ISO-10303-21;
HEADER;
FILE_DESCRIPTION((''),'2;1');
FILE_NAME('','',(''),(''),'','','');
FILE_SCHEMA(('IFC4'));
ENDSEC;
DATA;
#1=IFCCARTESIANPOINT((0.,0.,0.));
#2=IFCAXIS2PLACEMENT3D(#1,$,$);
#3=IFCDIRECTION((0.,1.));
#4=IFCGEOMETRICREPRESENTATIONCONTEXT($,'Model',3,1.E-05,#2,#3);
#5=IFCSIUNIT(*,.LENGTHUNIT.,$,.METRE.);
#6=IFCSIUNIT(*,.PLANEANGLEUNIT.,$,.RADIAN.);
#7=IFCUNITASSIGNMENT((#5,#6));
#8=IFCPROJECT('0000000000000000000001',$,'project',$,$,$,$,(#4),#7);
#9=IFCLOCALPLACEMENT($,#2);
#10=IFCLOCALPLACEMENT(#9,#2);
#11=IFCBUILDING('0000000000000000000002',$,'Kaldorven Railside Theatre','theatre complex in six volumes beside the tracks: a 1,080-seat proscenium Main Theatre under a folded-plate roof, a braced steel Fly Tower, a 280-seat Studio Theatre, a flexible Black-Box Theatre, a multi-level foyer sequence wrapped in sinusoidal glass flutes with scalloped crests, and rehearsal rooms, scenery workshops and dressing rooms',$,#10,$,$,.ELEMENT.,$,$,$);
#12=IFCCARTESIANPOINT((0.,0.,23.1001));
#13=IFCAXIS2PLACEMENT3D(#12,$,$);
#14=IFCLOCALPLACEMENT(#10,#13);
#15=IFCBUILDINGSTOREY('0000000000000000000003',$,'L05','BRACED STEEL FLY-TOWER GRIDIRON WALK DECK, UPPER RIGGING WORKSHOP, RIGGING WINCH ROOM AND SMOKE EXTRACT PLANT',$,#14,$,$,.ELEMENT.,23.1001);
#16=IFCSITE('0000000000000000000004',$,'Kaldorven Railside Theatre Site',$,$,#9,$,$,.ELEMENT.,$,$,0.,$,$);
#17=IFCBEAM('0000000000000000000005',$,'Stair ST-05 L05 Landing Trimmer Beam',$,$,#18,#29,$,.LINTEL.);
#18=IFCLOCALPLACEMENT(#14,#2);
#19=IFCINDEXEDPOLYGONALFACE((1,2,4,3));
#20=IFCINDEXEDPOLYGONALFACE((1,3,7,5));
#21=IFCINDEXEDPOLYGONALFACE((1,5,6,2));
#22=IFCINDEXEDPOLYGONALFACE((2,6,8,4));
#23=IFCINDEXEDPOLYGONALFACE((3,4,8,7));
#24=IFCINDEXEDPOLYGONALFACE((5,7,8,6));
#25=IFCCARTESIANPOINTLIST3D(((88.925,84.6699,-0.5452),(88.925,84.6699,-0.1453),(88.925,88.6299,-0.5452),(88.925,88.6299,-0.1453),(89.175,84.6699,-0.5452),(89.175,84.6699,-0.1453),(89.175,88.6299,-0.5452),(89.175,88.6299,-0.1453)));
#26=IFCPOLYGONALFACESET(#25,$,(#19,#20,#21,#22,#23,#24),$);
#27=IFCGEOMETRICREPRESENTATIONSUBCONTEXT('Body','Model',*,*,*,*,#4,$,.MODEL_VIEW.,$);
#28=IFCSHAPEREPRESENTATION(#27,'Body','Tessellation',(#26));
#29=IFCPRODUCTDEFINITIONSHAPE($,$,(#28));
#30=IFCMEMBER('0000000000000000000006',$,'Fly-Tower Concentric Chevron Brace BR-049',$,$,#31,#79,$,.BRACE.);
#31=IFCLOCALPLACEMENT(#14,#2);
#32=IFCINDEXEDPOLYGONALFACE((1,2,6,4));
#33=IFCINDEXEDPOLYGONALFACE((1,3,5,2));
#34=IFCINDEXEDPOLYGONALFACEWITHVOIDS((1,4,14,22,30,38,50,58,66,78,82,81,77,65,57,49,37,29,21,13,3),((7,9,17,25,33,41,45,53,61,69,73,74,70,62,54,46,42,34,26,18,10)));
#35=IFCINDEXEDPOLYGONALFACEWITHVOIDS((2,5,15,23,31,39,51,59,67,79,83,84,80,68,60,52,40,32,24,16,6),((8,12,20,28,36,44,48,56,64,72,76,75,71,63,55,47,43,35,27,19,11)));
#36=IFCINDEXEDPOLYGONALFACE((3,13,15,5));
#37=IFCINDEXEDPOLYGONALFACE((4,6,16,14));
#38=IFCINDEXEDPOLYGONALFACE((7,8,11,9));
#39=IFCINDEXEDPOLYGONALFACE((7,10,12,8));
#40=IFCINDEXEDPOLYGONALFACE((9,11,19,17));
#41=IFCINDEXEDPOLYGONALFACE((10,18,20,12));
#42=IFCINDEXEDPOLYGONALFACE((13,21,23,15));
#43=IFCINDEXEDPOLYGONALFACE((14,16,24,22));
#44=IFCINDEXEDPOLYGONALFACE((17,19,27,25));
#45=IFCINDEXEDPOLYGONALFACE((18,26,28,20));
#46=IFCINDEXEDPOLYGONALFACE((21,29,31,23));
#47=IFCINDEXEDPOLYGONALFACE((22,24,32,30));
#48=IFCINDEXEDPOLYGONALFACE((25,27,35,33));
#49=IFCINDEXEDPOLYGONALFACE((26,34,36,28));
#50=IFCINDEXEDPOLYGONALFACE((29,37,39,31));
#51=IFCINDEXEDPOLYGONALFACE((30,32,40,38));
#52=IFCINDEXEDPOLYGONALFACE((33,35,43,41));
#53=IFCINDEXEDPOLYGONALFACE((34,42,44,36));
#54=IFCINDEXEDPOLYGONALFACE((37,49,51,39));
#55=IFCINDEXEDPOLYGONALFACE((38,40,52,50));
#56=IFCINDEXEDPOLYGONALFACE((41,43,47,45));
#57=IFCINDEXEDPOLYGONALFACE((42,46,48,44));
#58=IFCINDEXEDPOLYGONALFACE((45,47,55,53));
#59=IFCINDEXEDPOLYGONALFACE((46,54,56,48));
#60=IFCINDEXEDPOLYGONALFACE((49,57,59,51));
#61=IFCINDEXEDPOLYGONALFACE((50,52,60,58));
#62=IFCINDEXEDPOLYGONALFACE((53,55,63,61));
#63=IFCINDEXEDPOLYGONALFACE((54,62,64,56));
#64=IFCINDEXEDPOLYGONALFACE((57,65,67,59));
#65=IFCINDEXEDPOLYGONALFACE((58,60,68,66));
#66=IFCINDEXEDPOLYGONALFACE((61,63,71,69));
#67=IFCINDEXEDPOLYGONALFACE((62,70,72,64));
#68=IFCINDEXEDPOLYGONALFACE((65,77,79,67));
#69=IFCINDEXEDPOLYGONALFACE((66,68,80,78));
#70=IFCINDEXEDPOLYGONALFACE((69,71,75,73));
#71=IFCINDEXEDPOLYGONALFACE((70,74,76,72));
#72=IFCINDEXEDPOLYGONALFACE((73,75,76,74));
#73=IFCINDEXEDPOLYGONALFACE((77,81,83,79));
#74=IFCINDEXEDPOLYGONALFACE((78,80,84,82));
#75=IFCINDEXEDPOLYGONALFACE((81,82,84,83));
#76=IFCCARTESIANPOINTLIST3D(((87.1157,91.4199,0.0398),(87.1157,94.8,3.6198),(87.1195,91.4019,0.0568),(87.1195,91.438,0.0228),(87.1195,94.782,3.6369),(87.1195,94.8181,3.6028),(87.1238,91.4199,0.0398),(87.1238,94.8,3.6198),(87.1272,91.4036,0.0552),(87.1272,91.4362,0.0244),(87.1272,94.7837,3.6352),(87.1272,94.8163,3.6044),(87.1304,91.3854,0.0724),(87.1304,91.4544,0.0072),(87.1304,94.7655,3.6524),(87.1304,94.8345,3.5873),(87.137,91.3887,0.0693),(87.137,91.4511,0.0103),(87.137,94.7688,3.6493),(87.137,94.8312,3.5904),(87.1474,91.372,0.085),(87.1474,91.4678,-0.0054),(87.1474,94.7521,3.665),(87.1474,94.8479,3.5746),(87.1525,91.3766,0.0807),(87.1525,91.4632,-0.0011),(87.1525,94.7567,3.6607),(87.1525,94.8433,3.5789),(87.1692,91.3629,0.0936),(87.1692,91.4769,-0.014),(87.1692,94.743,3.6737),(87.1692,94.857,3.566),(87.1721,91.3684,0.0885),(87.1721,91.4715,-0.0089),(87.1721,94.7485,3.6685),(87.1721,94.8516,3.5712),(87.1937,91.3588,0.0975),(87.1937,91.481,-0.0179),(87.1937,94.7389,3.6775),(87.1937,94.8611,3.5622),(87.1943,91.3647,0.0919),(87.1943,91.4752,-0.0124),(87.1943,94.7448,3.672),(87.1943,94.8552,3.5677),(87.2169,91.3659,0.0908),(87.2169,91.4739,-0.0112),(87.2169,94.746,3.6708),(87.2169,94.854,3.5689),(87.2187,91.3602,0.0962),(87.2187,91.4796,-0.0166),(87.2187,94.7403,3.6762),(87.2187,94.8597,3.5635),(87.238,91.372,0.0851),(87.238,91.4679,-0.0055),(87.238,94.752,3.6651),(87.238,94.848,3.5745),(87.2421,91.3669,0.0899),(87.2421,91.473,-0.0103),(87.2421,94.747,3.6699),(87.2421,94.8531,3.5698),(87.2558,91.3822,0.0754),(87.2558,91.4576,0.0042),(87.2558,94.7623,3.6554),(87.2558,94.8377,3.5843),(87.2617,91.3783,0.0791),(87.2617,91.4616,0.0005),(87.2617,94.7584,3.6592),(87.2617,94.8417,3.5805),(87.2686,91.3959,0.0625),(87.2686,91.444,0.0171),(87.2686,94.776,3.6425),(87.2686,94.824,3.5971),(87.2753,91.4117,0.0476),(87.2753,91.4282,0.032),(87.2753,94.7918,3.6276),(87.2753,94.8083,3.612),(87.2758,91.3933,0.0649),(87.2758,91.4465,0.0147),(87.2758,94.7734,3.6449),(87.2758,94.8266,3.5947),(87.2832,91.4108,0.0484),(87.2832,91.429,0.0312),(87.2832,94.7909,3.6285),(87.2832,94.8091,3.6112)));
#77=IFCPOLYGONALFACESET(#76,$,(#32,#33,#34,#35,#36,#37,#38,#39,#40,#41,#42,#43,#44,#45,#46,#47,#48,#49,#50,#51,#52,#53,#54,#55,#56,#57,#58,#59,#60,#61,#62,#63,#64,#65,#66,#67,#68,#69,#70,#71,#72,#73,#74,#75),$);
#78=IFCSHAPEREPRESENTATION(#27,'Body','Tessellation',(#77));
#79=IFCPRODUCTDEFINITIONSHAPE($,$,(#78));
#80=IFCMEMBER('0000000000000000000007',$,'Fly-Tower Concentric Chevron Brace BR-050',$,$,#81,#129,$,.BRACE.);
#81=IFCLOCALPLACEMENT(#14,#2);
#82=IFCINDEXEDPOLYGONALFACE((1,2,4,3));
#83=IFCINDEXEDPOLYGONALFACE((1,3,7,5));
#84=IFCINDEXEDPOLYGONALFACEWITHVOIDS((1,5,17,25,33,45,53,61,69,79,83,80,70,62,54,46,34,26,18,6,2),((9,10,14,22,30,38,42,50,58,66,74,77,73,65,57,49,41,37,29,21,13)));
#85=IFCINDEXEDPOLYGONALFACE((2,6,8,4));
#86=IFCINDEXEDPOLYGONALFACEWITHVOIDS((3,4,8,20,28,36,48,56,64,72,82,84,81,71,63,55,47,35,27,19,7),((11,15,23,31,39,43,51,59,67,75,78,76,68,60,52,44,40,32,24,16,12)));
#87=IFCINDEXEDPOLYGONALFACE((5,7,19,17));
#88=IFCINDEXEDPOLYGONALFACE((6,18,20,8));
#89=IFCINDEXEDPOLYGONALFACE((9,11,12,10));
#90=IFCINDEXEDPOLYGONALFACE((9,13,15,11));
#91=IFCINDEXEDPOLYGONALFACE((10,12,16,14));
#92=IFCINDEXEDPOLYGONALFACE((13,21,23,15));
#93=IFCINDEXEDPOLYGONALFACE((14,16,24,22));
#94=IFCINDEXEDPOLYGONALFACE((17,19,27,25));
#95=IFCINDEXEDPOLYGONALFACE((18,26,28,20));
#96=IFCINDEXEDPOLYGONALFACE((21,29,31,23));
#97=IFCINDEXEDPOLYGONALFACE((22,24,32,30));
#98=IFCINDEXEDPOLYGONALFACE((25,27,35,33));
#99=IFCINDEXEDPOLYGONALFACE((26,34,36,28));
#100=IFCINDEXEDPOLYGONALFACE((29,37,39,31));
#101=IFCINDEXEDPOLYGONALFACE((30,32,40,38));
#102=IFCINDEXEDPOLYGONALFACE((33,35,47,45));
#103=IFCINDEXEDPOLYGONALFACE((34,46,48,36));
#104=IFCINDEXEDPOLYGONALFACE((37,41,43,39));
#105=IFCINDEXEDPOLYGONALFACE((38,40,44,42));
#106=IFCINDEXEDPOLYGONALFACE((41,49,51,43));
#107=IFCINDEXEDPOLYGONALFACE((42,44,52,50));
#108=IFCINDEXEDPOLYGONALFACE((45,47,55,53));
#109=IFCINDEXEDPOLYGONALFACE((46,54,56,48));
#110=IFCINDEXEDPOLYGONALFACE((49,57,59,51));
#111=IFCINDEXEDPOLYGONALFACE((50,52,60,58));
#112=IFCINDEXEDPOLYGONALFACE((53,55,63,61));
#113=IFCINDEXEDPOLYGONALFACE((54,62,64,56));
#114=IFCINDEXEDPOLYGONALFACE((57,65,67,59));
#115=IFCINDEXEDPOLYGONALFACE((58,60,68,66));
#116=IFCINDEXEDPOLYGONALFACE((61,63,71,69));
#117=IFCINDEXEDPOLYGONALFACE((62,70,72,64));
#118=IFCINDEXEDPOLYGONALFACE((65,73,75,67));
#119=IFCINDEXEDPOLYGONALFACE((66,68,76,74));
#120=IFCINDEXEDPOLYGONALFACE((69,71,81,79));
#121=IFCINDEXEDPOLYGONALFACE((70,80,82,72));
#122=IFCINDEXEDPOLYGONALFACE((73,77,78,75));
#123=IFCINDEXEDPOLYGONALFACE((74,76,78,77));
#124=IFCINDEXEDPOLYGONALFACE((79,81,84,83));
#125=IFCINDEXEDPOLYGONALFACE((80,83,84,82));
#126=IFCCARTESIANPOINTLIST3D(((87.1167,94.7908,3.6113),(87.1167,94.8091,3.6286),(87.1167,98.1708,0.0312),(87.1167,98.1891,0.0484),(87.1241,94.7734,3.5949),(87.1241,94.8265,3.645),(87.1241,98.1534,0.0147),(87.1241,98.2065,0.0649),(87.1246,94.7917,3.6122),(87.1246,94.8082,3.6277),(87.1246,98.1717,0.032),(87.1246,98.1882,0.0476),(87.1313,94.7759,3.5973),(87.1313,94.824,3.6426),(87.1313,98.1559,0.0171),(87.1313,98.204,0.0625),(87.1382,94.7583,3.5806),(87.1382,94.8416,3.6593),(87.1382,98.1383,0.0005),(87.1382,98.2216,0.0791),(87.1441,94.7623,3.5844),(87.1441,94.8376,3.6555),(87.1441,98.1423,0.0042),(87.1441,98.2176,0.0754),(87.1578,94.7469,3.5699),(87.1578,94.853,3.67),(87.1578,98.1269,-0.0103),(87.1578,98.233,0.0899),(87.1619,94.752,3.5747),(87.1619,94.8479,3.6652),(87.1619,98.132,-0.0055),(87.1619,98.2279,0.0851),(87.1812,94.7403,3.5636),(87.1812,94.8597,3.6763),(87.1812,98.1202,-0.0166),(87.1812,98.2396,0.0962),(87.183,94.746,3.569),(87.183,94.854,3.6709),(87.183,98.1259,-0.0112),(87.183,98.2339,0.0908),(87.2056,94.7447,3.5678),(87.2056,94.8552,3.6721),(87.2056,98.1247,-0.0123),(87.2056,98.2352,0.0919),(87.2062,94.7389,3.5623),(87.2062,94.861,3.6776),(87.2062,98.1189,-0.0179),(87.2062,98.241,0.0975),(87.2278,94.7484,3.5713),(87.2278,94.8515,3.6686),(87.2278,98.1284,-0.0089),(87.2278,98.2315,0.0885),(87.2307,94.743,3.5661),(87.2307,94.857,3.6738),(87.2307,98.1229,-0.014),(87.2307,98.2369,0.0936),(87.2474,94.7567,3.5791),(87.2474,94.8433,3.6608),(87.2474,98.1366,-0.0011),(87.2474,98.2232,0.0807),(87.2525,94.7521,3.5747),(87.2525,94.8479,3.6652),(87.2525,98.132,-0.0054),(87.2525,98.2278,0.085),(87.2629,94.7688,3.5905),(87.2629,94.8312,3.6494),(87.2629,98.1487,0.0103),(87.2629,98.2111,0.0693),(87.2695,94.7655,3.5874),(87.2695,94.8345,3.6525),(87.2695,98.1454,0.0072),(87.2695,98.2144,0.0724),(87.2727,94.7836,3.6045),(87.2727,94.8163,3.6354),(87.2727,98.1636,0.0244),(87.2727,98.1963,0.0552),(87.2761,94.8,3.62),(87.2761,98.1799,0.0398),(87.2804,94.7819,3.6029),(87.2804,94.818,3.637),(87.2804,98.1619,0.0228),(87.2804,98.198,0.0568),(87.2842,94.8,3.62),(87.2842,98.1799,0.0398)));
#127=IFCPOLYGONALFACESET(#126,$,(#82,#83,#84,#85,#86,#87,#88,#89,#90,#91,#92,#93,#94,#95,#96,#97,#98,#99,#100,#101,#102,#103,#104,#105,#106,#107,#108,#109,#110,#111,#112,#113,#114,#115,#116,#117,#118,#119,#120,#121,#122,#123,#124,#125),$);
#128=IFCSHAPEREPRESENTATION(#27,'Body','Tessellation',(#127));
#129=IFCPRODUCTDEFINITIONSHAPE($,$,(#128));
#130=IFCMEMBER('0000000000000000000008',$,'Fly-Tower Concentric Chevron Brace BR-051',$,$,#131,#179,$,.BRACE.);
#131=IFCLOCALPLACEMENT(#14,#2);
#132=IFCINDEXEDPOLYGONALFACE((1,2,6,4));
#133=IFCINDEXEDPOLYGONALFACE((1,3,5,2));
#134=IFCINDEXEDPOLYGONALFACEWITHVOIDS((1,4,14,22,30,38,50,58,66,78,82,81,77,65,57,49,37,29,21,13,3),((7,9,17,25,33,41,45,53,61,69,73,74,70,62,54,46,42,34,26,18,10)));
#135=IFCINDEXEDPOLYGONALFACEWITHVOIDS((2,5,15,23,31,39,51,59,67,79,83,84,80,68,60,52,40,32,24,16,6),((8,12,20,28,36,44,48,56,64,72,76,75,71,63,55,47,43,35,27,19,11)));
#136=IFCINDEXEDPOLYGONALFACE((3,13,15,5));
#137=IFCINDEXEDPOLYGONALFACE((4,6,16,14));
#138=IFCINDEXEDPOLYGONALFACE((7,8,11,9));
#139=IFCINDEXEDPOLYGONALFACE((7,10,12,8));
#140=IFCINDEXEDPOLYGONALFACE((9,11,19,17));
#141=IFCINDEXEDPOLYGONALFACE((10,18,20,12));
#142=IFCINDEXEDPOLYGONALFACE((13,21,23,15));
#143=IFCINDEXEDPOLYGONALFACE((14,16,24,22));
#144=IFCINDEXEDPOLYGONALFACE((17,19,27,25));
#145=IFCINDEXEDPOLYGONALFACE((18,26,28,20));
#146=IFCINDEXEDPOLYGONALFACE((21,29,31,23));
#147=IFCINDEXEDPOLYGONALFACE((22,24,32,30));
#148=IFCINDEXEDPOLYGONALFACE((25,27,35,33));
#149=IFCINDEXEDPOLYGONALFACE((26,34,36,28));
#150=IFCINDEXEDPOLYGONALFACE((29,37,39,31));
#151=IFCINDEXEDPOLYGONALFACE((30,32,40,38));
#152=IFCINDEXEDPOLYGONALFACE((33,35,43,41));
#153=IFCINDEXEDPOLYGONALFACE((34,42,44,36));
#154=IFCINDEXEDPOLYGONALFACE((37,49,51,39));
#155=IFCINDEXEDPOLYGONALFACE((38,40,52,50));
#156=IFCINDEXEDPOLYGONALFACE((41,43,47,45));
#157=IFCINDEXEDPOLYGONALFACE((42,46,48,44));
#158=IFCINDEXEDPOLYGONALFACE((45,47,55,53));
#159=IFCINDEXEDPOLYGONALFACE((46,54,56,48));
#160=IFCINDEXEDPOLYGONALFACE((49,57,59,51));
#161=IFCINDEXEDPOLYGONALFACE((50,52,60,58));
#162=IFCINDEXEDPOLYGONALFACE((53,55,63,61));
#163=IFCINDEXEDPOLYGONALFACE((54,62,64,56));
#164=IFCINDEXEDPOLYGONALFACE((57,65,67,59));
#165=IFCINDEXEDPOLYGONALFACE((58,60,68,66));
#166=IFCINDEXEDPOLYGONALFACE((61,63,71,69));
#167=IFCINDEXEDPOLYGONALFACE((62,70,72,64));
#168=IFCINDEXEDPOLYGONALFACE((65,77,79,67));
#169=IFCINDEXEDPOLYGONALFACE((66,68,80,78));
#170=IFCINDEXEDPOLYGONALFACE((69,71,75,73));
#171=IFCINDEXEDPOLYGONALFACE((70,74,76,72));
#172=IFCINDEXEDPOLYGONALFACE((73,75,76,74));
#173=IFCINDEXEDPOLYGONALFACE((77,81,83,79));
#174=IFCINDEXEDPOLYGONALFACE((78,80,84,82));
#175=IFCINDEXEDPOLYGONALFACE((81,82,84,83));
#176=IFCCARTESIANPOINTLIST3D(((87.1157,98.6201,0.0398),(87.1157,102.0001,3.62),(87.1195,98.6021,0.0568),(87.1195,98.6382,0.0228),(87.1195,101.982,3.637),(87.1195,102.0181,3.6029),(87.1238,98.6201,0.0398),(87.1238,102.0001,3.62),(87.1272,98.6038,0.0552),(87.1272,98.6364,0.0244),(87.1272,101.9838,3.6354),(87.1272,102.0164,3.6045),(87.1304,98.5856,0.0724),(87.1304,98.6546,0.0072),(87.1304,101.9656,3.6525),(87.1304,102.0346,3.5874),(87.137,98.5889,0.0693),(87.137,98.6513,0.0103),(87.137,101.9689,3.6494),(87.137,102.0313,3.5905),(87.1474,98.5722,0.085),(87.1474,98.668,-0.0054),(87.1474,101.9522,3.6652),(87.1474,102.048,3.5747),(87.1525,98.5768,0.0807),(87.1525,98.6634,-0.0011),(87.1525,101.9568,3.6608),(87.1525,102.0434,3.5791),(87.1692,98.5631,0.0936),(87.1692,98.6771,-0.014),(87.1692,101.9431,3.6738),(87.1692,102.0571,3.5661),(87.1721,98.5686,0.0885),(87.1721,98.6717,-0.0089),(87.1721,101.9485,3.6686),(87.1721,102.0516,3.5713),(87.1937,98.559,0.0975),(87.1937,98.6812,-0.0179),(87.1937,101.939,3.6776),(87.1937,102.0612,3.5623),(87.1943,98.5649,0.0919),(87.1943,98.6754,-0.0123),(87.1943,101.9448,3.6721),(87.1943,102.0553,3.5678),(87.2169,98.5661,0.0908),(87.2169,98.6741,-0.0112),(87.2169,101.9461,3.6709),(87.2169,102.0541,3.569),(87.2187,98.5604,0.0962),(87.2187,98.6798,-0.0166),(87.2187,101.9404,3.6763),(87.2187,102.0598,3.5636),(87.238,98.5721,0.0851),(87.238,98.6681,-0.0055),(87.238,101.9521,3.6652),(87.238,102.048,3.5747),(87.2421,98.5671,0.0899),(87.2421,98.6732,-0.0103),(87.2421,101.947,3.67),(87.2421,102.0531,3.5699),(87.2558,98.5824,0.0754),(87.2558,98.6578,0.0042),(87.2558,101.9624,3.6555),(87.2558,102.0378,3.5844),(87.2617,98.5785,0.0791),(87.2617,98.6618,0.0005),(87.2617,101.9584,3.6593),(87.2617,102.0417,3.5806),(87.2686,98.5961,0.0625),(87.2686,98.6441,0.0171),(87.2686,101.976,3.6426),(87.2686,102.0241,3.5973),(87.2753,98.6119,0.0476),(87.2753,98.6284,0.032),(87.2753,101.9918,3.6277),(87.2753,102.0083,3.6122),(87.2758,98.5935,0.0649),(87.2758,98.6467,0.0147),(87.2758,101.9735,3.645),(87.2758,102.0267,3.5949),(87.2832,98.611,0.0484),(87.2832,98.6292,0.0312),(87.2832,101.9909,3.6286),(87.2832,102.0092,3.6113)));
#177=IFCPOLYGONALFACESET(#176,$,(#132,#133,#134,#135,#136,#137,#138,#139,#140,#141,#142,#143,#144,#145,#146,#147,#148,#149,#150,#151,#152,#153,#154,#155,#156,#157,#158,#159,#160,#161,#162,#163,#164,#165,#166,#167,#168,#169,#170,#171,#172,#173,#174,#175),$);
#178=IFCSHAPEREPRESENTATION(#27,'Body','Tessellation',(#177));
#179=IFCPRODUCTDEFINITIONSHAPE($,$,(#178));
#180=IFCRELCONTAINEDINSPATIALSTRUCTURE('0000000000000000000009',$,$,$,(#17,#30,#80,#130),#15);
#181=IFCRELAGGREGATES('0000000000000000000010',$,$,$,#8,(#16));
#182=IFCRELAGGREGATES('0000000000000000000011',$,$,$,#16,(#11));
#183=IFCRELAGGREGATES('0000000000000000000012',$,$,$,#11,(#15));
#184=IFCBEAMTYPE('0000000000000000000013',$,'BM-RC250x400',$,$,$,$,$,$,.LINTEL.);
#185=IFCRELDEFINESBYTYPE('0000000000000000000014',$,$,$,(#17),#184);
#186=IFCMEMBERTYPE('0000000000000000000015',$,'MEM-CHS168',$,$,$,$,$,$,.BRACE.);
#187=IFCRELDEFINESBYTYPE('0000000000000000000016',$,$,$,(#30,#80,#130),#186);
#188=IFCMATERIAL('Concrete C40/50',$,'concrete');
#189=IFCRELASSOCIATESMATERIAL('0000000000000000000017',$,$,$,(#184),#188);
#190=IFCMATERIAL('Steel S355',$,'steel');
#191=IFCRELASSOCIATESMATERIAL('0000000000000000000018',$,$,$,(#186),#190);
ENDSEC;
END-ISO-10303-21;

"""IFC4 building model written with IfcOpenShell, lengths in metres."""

from ifc_helpers import new_model, si_unit, direction, frame, origin, origin_2d, place, context, subcontext, project, spatial, rectangle, hollow_circle, extrude, material, material_profile, profile_set, type_object, element, save


model = new_model("IFC4")

# Units and contexts
model_context = context("Model", 3, precision=1e-05, world=origin(), true_north=direction((0.0, 1.0)))
body_context = subcontext(model_context, "Body", "Model", "MODEL_VIEW")
ifc_project = project(units=[si_unit("LENGTHUNIT", "METRE"), si_unit("PLANEANGLEUNIT", "RADIAN")], contexts=[model_context])

# Site, building, storey
site_placement = place(None, origin())
site = spatial("IfcSite", under=ifc_project, at=site_placement, Name="Kaldorven Railside Theatre Site", CompositionType="ELEMENT", RefElevation=0.0)
building_placement = place(site_placement, origin())
building = spatial("IfcBuilding", under=site, at=building_placement, Name="Kaldorven Railside Theatre", Description="theatre complex in six volumes beside the tracks: a 1,080-seat proscenium Main Theatre under a folded-plate roof, a braced steel Fly Tower, a 280-seat Studio Theatre, a flexible Black-Box Theatre, a multi-level foyer sequence wrapped in sinusoidal glass flutes with scalloped crests, and rehearsal rooms, scenery workshops and dressing rooms", CompositionType="ELEMENT")
storey_placement = place(building_placement, frame((0.0, 0.0, 23.1001)))
storey = spatial("IfcBuildingStorey", under=building, at=storey_placement, Name="L05", Description="BRACED STEEL FLY-TOWER GRIDIRON WALK DECK, UPPER RIGGING WORKSHOP, RIGGING WINCH ROOM AND SMOKE EXTRACT PLANT", CompositionType="ELEMENT", Elevation=23.1001)

# Shared definitions
ifc_material_1 = material(Name="Steel S355", Category="steel")

# Beam
ifc_material_2 = material(Name="Concrete C40/50", Category="concrete")
ifc_material_profile_1 = material_profile(ifc_material_2, rectangle(XDim=0.25, YDim=0.3999, at=origin_2d()), Name="RC 250x400")
ifc_profile_set_1 = profile_set([ifc_material_profile_1], Name="Concrete C40/50")
beam_type_1 = type_object("IfcBeamType", Name="BM-RC250x400", PredefinedType="LINTEL", material=ifc_profile_set_1)
beam_1_placement = place(storey_placement, frame((89.05, 84.6699, -0.3452), z_axis=(0.0, 1.0, 0.0), x_axis=(-1.0, 0.0, 0.0)))
element("IfcBeam", 1, at=beam_1_placement, inside=storey, type_object=beam_type_1, Name="Stair ST-05 L05 Landing Trimmer Beam", PredefinedType="LINTEL", context=body_context, shape_type="SweptSolid", body=[
    extrude(rectangle(XDim=0.25, YDim=0.3999, at=origin_2d()), origin(), (0.0, 0.0, 1.0), 3.96),
])

# Members
ifc_material_profile_2 = material_profile(ifc_material_1, hollow_circle(Radius=0.0842, WallThickness=0.0081, at=origin_2d()), Name="CHS 168.3x8")
ifc_profile_set_2 = profile_set([ifc_material_profile_2], Name="Steel S355")
member_type = type_object("IfcMemberType", Name="MEM-CHS168", PredefinedType="BRACE", material=ifc_profile_set_2)
for number, where, z_axis, x_axis, name in (
    (2, (87.2, 91.4199, 0.0398), (0.0, 0.68651, 0.72712), (-1.0, 0.0, 0.0), "Fly-Tower Concentric Chevron Brace BR-049"),
    (3, (87.2, 98.1799, 0.0398), (0.0, -0.686484, 0.727145), (1.0, 0.0, 0.0), "Fly-Tower Concentric Chevron Brace BR-050"),
    (4, (87.2, 98.6201, 0.0398), (0.0, 0.686484, 0.727145), (-1.0, 0.0, 0.0), "Fly-Tower Concentric Chevron Brace BR-051"),
):
    element("IfcMember", number, at=place(storey_placement, frame(where, z_axis=z_axis, x_axis=x_axis)), inside=storey, type_object=member_type, Name=name, PredefinedType="BRACE", context=body_context, shape_type="SweptSolid", body=[
        extrude(hollow_circle(Radius=0.0842, WallThickness=0.0081, at=origin_2d()), origin(), (0.0, 0.0, 1.0), 4.9236),
    ])

save(model, "model.ifc")
